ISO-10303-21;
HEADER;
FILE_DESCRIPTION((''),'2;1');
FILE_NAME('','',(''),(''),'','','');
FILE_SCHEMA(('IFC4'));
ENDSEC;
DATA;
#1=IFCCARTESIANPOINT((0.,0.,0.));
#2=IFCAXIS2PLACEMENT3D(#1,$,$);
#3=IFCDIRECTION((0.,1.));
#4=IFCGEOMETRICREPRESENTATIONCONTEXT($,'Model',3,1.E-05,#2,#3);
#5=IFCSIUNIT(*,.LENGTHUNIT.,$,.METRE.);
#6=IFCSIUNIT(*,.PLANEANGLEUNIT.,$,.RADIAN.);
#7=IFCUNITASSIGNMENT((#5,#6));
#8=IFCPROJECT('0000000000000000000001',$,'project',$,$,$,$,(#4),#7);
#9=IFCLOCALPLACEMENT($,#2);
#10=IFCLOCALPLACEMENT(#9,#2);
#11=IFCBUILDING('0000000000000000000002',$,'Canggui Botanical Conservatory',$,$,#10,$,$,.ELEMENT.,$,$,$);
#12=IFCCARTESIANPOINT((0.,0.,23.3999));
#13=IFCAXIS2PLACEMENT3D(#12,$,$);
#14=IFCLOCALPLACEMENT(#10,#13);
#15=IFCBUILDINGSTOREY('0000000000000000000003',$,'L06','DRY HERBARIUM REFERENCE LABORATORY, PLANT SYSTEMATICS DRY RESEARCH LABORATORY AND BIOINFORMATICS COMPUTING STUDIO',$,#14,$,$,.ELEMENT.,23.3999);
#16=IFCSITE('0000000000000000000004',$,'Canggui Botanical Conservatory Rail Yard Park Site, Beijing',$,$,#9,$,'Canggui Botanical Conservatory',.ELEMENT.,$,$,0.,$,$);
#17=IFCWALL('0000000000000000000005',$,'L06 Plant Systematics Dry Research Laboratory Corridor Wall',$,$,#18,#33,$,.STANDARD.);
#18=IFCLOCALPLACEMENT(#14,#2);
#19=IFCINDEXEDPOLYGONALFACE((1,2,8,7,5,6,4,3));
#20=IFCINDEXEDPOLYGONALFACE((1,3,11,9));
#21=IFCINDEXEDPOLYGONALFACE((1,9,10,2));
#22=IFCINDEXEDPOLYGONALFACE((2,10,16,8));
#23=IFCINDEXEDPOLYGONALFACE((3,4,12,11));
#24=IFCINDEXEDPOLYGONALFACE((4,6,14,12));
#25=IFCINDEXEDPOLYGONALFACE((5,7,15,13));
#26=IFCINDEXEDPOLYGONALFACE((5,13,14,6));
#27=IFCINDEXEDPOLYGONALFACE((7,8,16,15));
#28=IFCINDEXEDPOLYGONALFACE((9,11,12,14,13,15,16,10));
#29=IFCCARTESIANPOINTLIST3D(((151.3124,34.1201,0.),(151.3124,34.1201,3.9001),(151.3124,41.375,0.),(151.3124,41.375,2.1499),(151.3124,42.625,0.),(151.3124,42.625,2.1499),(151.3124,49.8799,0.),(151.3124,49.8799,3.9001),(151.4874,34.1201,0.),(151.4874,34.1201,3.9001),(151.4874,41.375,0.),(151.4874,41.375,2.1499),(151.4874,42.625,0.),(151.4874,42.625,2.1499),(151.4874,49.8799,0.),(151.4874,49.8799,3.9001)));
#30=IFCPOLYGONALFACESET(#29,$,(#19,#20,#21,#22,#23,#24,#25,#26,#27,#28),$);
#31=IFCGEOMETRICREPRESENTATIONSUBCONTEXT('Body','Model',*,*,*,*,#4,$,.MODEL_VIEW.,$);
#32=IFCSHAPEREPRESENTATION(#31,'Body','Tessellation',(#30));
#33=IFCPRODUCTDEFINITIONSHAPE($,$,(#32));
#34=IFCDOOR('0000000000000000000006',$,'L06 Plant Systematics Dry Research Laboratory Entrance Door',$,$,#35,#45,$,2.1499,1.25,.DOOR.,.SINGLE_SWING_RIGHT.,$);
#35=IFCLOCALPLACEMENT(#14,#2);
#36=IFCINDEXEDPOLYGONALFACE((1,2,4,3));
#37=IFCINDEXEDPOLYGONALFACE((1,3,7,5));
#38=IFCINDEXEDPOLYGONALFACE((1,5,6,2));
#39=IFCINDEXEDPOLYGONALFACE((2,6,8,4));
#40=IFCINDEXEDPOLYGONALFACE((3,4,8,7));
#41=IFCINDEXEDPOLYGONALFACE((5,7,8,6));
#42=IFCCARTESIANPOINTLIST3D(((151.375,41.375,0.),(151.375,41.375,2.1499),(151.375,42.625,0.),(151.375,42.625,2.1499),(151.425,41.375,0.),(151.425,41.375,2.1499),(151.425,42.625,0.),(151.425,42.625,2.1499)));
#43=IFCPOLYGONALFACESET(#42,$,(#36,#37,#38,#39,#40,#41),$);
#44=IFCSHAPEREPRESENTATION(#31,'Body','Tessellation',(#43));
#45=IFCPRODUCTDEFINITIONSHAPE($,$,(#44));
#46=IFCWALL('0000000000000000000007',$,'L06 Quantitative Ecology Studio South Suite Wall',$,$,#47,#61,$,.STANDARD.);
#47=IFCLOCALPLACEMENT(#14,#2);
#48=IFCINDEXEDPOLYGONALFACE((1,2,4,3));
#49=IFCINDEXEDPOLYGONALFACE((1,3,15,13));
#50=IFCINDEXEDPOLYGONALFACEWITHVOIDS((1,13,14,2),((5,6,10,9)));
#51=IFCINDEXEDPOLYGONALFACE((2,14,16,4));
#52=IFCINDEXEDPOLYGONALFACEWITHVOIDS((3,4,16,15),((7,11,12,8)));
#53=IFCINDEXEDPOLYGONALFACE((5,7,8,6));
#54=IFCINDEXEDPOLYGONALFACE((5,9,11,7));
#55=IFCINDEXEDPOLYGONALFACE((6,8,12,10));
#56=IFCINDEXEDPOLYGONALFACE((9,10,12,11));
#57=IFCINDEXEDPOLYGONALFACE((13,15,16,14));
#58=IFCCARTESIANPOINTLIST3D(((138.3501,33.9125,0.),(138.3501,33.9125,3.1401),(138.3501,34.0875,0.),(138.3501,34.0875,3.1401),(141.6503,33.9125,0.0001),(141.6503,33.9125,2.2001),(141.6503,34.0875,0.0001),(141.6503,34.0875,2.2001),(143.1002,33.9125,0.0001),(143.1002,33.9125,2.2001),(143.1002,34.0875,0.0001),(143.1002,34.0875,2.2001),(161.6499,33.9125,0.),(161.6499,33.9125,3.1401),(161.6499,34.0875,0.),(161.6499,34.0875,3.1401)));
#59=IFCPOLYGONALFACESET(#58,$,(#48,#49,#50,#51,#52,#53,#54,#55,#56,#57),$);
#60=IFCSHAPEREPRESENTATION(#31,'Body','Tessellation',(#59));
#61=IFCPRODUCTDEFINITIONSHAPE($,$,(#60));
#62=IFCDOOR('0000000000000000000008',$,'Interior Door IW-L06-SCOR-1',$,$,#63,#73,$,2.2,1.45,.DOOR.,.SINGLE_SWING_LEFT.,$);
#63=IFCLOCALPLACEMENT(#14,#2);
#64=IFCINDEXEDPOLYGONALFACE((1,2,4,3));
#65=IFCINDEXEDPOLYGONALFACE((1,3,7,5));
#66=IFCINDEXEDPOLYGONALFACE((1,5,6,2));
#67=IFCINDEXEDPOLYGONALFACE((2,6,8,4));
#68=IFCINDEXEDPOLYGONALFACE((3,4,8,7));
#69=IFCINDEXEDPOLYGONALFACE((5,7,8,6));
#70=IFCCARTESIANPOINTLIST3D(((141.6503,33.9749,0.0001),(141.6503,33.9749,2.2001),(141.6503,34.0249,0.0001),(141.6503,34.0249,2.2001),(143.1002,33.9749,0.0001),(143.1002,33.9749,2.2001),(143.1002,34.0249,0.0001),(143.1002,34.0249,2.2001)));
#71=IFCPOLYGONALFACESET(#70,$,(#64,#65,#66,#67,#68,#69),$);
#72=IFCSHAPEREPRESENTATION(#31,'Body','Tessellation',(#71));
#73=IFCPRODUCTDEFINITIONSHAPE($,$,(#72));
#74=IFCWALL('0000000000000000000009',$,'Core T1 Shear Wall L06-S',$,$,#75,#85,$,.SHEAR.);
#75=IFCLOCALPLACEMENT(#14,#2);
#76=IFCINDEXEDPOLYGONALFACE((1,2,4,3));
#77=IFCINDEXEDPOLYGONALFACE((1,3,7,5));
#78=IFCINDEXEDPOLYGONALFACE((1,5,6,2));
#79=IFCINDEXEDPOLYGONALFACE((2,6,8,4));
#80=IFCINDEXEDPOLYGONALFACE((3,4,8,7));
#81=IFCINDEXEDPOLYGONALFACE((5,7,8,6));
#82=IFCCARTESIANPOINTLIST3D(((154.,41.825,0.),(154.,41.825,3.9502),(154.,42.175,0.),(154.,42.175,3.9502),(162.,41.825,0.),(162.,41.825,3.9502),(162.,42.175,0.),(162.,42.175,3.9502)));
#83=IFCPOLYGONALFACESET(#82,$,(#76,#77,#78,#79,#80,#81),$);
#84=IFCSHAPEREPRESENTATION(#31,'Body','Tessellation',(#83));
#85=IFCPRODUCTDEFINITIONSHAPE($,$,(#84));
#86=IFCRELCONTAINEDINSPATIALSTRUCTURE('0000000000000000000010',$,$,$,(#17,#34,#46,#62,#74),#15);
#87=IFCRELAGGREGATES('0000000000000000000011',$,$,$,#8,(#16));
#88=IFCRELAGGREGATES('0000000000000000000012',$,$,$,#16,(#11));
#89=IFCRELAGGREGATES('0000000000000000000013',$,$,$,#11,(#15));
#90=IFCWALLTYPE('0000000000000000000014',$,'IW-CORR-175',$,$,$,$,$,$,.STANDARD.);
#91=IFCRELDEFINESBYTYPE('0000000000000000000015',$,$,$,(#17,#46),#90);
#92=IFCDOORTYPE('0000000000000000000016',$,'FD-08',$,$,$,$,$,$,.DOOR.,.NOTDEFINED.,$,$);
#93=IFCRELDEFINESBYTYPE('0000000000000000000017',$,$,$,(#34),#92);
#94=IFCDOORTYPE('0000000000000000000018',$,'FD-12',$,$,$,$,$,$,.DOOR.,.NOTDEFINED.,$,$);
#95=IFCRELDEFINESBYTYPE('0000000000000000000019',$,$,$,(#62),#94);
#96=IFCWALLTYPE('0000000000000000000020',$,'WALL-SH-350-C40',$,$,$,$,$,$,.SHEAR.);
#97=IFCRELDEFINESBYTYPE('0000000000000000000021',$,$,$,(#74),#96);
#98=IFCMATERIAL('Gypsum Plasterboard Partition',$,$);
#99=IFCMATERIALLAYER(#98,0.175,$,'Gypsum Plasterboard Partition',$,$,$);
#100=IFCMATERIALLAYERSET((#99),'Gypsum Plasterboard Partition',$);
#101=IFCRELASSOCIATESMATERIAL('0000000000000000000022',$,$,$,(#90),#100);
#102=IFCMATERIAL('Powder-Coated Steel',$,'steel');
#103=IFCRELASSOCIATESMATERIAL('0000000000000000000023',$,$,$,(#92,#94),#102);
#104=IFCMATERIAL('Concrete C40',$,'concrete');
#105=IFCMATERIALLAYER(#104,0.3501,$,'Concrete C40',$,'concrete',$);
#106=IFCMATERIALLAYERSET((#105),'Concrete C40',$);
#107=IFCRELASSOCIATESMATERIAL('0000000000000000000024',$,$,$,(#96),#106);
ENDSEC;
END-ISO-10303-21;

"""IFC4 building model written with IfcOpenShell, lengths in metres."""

from ifc_helpers import new_model, si_unit, direction, frame, frame_2d, origin, place, context, subcontext, project, spatial, rectangle, extrude, material, layer, layer_set, type_object, element, fill, save


model = new_model("IFC4")

# Units and contexts
model_context = context("Model", 3, precision=1e-05, world=origin(), true_north=direction((0.0, 1.0)))
body_context = subcontext(model_context, "Body", "Model", "MODEL_VIEW")
ifc_project = project(units=[si_unit("LENGTHUNIT", "METRE"), si_unit("PLANEANGLEUNIT", "RADIAN")], contexts=[model_context])

# Site, building, storey
site_placement = place(None, origin())
site = spatial("IfcSite", under=ifc_project, at=site_placement, Name="Canggui Botanical Conservatory Rail Yard Park Site, Beijing", LongName="Canggui Botanical Conservatory", CompositionType="ELEMENT", RefElevation=0.0)
building_placement = place(site_placement, origin())
building = spatial("IfcBuilding", under=site, at=building_placement, Name="Canggui Botanical Conservatory", CompositionType="ELEMENT")
storey_placement = place(building_placement, frame((0.0, 0.0, 23.3999)))
storey = spatial("IfcBuildingStorey", under=building, at=storey_placement, Name="L06", Description="DRY HERBARIUM REFERENCE LABORATORY, PLANT SYSTEMATICS DRY RESEARCH LABORATORY AND BIOINFORMATICS COMPUTING STUDIO", CompositionType="ELEMENT", Elevation=23.3999)

# Shared definitions
ifc_material_1 = material(Name="Concrete C40", Category="concrete")

# Walls, openings, doors
ifc_material_2 = material(Name="Gypsum Plasterboard Partition")
ifc_layer_1 = layer(ifc_material_2, 0.175, Name="Gypsum Plasterboard Partition")
ifc_layer_set_1 = layer_set([ifc_layer_1], Name="Gypsum Plasterboard Partition")
wall_type_1 = type_object("IfcWallType", Name="IW-CORR-175", PredefinedType="STANDARD", material=ifc_layer_set_1)
wall_1_placement = place(storey_placement, frame((151.3999, 34.1201, 0.0), z_axis=(0.0, 0.0, 1.0), x_axis=(0.0, 1.0, 0.0)))
wall_1 = element("IfcWall", 1, at=wall_1_placement, inside=storey, type_object=wall_type_1, Name="L06 Plant Systematics Dry Research Laboratory Corridor Wall", PredefinedType="STANDARD", context=body_context, shape_type="SweptSolid", body=[
    extrude(rectangle(XDim=15.7598, YDim=0.175, at=frame_2d((7.8799, 0.0))), origin(), (0.0, 0.0, 1.0), 3.9001),
])
opening_1_placement = place(wall_1_placement, frame((7.2549, 0.0, 0.0)))
opening_1 = element("IfcOpeningElement", 2, at=opening_1_placement, cuts=wall_1, PredefinedType="OPENING", context=body_context, shape_type="SweptSolid", body=[
    extrude(rectangle(XDim=1.25, YDim=2.1499, at=frame_2d((0.625, 1.075))), frame((0.0, 0.0977, 0.0), z_axis=(0.0, -1.0, 0.0), x_axis=(1.0, 0.0, 0.0)), (0.0, 0.0, 1.0), 0.1951),
])
ifc_material_3 = material(Name="Powder-Coated Steel", Category="steel")
door_type_1 = type_object("IfcDoorType", Name="FD-08", OperationType="NOTDEFINED", PredefinedType="DOOR", material=ifc_material_3)
door_1_placement = place(opening_1_placement, origin())
door_1 = element("IfcDoor", 3, at=door_1_placement, inside=storey, type_object=door_type_1, Name="L06 Plant Systematics Dry Research Laboratory Entrance Door", OperationType="SINGLE_SWING_RIGHT", OverallHeight=2.1499, OverallWidth=1.25, PredefinedType="DOOR", context=body_context, shape_type="SweptSolid", body=[
    extrude(rectangle(XDim=1.25, YDim=2.1499, at=frame_2d((0.625, 1.075))), frame((0.0, 0.0249, 0.0), z_axis=(0.0, -1.0, 0.0), x_axis=(1.0, 0.0, 0.0)), (0.0, 0.0, 1.0), 0.05),
])
fill(opening_1, door_1)
wall_2_placement = place(storey_placement, frame((138.3501, 34.0, 0.0), z_axis=(0.0, 0.0, 1.0), x_axis=(1.0, 0.0, 0.0)))
wall_2 = element("IfcWall", 4, at=wall_2_placement, inside=storey, type_object=wall_type_1, Name="L06 Quantitative Ecology Studio South Suite Wall", PredefinedType="STANDARD", context=body_context, shape_type="SweptSolid", body=[
    extrude(rectangle(XDim=23.2998, YDim=0.175, at=frame_2d((11.6499, 0.0))), origin(), (0.0, 0.0, 1.0), 3.1401),
])
opening_2_placement = place(wall_2_placement, frame((3.3, 0.0, 0.0)))
opening_2 = element("IfcOpeningElement", 5, at=opening_2_placement, cuts=wall_2, PredefinedType="OPENING", context=body_context, shape_type="SweptSolid", body=[
    extrude(rectangle(XDim=1.45, YDim=2.2, at=frame_2d((0.7251, 1.1001))), frame((0.0, 0.0977, 0.0), z_axis=(0.0, -1.0, 0.0), x_axis=(1.0, 0.0, 0.0)), (0.0, 0.0, 1.0), 0.1951),
])
door_type_2 = type_object("IfcDoorType", Name="FD-12", OperationType="NOTDEFINED", PredefinedType="DOOR", material=ifc_material_3)
door_2_placement = place(opening_2_placement, origin())
door_2 = element("IfcDoor", 6, at=door_2_placement, inside=storey, type_object=door_type_2, Name="Interior Door IW-L06-SCOR-1", OperationType="SINGLE_SWING_LEFT", OverallHeight=2.2, OverallWidth=1.45, PredefinedType="DOOR", context=body_context, shape_type="SweptSolid", body=[
    extrude(rectangle(XDim=1.45, YDim=2.2, at=frame_2d((0.7251, 1.1001))), frame((0.0, 0.0249, 0.0), z_axis=(0.0, -1.0, 0.0), x_axis=(1.0, 0.0, 0.0)), (0.0, 0.0, 1.0), 0.05),
])
fill(opening_2, door_2)

# Wall
ifc_layer_2 = layer(ifc_material_1, 0.3501, Name="Concrete C40", Category="concrete")
ifc_layer_set_2 = layer_set([ifc_layer_2], Name="Concrete C40")
wall_type_2 = type_object("IfcWallType", Name="WALL-SH-350-C40", PredefinedType="SHEAR", material=ifc_layer_set_2)
wall_3_placement = place(storey_placement, frame((154.0, 42.0, 0.0), z_axis=(0.0, 0.0, 1.0), x_axis=(1.0, 0.0, 0.0)))
element("IfcWall", 7, at=wall_3_placement, inside=storey, type_object=wall_type_2, Name="Core T1 Shear Wall L06-S", PredefinedType="SHEAR", context=body_context, shape_type="SweptSolid", body=[
    extrude(rectangle(XDim=8.0, YDim=0.3501, at=frame_2d((4.0, 0.0))), origin(), (0.0, 0.0, 1.0), 3.9502),
])

save(model, "model.ifc")
